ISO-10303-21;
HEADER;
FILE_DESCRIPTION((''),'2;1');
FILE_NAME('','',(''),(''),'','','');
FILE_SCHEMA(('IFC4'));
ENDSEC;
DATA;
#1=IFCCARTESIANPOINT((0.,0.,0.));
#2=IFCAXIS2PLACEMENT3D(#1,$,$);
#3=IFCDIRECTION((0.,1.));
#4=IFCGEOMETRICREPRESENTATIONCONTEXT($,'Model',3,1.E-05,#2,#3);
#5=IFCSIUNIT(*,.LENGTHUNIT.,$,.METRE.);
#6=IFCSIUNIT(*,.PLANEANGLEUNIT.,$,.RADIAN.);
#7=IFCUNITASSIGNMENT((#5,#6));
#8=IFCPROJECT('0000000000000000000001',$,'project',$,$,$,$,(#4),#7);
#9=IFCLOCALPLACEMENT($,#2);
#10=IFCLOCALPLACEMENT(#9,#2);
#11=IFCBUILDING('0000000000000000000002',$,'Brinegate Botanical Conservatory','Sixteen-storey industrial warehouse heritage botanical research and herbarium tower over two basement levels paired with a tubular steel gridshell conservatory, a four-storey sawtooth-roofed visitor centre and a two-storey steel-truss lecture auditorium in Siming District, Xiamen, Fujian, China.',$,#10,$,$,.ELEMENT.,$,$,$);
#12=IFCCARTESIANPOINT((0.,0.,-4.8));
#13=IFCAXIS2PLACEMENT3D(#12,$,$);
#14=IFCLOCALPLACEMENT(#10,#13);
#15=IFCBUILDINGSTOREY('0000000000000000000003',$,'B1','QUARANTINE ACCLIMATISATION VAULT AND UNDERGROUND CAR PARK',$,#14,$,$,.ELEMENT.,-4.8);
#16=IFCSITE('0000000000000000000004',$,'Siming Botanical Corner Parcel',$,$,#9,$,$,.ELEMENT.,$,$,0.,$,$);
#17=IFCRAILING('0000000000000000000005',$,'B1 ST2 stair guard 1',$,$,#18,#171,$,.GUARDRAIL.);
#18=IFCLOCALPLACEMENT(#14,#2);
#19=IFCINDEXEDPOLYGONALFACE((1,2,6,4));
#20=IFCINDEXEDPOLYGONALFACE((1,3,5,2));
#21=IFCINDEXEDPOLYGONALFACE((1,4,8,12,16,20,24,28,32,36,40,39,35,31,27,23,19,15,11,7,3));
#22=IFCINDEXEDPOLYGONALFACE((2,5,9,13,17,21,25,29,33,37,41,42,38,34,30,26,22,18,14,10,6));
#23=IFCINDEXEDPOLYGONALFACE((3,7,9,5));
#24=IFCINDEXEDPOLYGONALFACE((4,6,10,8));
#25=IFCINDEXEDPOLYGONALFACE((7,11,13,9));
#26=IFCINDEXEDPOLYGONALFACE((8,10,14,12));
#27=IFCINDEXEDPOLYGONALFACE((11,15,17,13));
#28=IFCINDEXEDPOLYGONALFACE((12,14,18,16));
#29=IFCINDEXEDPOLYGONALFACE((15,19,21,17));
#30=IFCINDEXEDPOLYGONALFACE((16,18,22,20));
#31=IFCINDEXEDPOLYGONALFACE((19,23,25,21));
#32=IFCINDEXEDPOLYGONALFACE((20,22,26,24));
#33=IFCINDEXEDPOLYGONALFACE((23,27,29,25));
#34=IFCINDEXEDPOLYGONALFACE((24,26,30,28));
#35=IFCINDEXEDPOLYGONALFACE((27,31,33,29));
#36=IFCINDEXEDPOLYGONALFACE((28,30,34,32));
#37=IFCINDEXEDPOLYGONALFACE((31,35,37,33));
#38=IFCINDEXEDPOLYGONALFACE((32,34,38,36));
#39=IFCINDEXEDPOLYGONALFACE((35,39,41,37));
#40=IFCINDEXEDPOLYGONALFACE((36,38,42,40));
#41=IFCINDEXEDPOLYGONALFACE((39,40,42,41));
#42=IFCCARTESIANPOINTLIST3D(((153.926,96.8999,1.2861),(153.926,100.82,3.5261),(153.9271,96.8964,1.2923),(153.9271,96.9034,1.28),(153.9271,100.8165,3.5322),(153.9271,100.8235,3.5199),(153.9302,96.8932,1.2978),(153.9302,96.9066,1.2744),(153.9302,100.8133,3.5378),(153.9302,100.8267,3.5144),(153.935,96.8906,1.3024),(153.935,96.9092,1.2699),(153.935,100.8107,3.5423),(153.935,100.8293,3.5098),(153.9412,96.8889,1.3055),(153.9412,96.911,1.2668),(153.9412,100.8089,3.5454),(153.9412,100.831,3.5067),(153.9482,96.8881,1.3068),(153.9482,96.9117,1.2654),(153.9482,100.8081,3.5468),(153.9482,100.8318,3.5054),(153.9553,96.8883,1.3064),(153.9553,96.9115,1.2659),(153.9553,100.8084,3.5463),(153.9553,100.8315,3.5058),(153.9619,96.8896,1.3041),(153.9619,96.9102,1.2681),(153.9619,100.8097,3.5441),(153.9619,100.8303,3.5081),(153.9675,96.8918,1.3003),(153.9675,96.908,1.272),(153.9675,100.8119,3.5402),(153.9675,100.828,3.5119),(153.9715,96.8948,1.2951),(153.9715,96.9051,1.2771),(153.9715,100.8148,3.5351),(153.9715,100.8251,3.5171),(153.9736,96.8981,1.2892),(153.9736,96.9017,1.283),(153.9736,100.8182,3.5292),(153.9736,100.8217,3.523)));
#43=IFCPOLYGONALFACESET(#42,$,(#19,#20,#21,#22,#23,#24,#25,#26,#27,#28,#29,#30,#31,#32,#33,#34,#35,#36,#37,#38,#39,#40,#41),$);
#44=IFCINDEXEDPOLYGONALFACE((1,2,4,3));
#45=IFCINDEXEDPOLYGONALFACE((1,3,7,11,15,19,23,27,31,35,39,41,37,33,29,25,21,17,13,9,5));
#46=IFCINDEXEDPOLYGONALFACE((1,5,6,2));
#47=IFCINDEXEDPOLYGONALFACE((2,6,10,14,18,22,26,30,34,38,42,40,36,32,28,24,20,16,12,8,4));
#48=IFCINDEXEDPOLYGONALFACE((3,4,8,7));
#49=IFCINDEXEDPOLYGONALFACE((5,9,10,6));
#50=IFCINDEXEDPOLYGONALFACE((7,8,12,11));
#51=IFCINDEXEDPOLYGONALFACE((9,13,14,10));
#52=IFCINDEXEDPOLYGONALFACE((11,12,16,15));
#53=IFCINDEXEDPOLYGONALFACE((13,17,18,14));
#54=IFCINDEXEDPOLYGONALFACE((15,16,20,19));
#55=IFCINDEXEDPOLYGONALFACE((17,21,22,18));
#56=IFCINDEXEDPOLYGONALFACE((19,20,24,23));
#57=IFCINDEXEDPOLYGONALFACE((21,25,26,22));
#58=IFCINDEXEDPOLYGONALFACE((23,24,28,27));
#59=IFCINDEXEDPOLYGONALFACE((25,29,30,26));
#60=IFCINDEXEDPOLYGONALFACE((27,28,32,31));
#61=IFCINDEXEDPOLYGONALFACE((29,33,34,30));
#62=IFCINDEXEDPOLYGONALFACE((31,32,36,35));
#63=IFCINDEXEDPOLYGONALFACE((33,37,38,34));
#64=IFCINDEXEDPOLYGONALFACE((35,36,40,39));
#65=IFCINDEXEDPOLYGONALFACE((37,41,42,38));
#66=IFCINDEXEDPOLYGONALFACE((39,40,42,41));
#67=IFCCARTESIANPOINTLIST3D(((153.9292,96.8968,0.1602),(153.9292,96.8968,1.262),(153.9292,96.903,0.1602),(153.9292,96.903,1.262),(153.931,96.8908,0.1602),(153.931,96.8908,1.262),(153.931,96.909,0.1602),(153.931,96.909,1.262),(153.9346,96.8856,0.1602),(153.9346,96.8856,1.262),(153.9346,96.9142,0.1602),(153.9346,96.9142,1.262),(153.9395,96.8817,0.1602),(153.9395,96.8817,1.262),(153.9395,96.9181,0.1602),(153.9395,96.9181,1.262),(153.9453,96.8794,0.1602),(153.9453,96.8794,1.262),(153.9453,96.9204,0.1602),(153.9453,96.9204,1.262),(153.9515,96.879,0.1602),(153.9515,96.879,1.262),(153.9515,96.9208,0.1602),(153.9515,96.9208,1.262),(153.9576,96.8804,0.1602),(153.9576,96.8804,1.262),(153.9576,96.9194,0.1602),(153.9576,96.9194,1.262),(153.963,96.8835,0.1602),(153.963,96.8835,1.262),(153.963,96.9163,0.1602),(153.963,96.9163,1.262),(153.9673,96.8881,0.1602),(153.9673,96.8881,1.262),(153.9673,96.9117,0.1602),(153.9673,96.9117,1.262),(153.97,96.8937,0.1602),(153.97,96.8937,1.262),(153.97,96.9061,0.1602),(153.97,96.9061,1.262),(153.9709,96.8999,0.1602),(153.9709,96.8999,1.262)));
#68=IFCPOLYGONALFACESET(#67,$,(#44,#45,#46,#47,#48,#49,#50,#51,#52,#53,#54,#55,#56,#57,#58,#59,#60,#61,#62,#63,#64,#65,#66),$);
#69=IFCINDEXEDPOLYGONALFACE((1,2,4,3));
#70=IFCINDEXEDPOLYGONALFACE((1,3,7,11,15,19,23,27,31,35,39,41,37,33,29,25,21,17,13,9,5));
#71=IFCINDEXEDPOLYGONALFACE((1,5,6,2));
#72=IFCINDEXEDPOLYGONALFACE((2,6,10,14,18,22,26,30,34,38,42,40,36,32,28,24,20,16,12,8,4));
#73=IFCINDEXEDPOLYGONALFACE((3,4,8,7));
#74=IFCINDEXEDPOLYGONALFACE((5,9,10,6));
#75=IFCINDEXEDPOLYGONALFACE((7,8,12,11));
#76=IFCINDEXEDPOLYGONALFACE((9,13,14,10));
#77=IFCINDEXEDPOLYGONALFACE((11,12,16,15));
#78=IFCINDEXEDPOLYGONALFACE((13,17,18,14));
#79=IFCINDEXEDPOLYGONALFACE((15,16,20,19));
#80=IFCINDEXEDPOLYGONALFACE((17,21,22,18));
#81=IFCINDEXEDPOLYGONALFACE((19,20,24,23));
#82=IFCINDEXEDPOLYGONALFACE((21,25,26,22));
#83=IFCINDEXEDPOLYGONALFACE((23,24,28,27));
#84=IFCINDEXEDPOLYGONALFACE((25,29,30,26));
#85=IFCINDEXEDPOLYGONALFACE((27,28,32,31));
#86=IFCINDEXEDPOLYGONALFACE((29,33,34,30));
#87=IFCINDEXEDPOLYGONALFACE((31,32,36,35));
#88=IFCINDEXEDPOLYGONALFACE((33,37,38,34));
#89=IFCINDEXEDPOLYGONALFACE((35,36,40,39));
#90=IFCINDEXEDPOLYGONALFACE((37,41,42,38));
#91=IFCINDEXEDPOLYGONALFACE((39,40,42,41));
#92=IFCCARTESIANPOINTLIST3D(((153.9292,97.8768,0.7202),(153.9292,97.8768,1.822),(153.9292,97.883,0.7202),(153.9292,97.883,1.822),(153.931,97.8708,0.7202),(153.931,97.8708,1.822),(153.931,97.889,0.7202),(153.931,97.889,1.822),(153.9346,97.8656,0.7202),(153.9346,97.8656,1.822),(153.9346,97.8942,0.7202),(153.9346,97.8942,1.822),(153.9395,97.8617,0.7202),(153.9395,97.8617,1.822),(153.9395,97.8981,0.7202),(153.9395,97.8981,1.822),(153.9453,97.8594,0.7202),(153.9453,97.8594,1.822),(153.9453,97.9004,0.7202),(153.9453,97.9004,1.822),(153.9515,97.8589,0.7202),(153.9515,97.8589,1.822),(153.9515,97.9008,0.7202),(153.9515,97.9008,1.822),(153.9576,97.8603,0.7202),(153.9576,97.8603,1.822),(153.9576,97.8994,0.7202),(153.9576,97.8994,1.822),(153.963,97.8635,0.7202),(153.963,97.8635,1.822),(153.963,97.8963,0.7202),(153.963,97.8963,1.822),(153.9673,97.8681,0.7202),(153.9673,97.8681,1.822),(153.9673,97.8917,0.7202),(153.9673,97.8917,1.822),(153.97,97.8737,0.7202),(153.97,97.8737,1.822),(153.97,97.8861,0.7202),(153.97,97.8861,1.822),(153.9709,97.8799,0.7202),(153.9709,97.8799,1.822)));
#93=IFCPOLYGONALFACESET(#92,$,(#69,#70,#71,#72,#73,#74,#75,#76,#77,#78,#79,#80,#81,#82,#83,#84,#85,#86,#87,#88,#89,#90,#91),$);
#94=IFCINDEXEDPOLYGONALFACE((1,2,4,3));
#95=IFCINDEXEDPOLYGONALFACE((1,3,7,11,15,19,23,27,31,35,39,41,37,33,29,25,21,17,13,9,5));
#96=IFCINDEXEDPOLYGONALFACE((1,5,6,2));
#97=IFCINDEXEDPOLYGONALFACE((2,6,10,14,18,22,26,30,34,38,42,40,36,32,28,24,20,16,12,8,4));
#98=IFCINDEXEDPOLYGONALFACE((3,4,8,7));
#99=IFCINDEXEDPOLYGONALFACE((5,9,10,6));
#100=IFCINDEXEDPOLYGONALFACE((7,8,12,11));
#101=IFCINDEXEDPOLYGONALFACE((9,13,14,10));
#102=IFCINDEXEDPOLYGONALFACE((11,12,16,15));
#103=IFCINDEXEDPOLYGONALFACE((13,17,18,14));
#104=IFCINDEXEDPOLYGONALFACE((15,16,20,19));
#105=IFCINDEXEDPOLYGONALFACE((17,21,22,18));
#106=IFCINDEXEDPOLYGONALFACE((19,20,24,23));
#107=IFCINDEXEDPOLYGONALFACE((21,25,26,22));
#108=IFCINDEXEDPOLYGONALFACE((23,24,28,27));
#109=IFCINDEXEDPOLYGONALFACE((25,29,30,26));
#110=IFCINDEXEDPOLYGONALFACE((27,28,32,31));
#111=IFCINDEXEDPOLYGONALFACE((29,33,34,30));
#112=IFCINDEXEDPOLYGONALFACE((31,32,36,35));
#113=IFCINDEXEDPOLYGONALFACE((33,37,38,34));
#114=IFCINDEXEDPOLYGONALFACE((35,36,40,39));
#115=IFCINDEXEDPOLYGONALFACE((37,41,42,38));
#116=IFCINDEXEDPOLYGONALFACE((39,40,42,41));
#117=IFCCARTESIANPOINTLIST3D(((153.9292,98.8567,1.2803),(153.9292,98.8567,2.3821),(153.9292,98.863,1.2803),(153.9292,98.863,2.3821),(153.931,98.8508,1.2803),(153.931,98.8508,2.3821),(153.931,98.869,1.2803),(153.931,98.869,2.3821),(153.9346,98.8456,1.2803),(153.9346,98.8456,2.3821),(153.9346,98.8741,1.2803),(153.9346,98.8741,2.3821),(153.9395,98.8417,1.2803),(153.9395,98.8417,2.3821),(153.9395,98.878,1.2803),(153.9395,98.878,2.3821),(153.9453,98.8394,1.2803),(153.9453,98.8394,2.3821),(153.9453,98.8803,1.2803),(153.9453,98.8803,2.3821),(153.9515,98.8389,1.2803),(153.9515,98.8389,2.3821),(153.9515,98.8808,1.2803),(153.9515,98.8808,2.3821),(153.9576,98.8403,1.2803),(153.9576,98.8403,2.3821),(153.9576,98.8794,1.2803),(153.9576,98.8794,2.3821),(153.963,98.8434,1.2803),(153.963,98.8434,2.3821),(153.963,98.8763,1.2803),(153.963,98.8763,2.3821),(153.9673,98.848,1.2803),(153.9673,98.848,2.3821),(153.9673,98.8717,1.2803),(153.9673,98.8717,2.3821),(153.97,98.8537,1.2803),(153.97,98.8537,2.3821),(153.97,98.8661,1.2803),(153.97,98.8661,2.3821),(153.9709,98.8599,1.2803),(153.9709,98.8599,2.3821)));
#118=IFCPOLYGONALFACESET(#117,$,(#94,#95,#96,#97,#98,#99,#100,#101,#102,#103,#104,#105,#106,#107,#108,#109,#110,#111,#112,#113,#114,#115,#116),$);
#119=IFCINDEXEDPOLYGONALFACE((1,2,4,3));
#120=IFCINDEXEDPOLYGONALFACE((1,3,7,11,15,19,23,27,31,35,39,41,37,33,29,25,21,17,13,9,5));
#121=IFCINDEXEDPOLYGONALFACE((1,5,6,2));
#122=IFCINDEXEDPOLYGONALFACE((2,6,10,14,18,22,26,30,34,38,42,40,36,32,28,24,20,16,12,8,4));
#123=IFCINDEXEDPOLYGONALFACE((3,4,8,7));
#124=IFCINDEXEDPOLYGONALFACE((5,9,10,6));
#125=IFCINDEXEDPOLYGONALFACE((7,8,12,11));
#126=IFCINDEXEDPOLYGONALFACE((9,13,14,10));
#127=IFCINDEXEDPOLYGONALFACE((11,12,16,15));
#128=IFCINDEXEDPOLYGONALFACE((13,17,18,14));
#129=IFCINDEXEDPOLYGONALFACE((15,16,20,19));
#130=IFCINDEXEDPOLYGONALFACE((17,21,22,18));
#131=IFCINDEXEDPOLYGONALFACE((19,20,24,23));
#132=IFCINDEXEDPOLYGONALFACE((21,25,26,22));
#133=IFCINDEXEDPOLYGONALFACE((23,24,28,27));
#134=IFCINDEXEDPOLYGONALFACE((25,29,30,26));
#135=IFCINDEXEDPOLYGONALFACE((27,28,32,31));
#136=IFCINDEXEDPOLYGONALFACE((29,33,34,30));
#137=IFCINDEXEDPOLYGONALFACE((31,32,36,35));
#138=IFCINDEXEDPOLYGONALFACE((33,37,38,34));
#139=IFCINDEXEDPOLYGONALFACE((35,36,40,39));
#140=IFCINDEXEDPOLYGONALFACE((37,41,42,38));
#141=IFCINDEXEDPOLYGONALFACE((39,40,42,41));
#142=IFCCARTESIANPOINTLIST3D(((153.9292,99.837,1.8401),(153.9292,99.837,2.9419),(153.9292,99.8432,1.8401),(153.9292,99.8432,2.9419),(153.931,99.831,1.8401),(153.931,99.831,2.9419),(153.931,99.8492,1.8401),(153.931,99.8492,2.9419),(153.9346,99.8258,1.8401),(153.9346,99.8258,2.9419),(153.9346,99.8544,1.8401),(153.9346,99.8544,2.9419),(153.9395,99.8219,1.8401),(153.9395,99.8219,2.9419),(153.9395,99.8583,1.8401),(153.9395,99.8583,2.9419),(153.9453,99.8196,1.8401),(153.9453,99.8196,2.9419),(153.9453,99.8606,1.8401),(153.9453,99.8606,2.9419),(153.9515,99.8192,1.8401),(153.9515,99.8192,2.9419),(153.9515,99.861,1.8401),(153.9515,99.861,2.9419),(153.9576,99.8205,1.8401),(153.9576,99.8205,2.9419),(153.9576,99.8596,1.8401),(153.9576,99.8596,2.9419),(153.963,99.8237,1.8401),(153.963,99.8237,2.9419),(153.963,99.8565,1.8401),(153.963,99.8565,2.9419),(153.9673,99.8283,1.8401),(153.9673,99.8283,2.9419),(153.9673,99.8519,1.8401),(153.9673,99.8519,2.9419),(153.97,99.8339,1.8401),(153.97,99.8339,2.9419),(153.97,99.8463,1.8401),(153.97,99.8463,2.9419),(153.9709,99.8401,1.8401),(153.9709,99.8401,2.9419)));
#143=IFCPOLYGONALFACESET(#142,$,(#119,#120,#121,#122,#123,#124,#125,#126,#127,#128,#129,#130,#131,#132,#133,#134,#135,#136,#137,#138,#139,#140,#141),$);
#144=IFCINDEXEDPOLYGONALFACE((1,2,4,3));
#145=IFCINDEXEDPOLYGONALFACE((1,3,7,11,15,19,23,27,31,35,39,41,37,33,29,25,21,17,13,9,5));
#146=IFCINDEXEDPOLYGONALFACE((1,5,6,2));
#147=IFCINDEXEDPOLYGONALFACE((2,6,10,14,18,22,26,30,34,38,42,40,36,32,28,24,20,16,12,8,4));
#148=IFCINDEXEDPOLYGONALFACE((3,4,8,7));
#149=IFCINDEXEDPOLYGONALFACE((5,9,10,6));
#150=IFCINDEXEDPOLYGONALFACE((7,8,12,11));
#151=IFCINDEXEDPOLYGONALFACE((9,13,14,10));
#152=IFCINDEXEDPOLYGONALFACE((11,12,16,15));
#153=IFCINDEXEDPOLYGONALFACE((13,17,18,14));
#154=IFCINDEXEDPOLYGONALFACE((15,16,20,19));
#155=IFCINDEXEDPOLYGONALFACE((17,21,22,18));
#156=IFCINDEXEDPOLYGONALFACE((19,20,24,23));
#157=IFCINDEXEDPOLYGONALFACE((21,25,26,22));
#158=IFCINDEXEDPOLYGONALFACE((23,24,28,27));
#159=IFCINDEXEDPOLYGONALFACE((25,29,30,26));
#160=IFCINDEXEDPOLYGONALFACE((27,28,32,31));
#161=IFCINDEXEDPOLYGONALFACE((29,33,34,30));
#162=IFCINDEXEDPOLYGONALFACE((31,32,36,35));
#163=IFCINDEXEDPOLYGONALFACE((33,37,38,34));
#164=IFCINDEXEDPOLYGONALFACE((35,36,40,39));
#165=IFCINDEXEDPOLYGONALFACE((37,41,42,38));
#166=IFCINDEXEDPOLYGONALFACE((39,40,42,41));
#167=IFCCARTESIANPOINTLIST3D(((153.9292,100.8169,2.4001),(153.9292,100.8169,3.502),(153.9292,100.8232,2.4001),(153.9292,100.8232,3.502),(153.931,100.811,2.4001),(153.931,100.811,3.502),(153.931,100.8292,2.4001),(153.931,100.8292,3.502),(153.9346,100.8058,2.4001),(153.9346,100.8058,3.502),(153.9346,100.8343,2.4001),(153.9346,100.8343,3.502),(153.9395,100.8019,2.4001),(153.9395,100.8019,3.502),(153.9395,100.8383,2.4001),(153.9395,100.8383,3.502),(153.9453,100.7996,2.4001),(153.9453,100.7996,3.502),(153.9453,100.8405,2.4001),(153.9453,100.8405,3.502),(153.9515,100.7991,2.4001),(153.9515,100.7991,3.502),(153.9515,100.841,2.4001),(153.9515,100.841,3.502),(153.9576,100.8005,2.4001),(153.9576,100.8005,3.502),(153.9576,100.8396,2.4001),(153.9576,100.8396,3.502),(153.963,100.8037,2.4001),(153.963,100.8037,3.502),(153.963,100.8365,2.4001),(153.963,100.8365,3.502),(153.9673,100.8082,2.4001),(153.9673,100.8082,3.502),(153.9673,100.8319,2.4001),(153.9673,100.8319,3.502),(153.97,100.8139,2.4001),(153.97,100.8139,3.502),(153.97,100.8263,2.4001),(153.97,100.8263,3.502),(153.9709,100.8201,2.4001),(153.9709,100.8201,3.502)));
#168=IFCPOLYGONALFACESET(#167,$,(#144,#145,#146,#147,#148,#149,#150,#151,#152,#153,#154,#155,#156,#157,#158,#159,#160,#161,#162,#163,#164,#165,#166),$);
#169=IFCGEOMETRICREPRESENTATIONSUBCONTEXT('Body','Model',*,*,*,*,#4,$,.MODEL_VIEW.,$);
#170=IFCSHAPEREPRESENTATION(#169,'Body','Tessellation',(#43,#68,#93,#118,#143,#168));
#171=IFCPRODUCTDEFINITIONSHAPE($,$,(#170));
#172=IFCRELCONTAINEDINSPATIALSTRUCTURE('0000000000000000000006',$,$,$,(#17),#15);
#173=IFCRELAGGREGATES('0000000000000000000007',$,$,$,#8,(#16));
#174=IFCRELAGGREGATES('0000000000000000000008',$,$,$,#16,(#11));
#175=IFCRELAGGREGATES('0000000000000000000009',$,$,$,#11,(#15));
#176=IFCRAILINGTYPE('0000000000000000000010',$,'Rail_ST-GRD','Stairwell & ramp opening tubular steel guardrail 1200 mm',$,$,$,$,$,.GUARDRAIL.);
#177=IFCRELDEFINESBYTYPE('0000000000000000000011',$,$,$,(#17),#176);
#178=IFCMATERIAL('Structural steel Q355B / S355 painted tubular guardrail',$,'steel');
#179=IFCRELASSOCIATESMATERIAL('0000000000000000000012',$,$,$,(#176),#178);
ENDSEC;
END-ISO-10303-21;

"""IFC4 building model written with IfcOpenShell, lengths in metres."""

from ifc_helpers import new_model, si_unit, direction, frame, origin, origin_2d, place, context, subcontext, project, spatial, circle, extrude, material, type_object, element, save


model = new_model("IFC4")

# Units and contexts
model_context = context("Model", 3, precision=1e-05, world=origin(), true_north=direction((0.0, 1.0)))
body_context = subcontext(model_context, "Body", "Model", "MODEL_VIEW")
ifc_project = project(units=[si_unit("LENGTHUNIT", "METRE"), si_unit("PLANEANGLEUNIT", "RADIAN")], contexts=[model_context])

# Site, building, storey
site_placement = place(None, origin())
site = spatial("IfcSite", under=ifc_project, at=site_placement, Name="Siming Botanical Corner Parcel", CompositionType="ELEMENT", RefElevation=0.0)
building_placement = place(site_placement, origin())
building = spatial("IfcBuilding", under=site, at=building_placement, Name="Brinegate Botanical Conservatory", Description="Sixteen-storey industrial warehouse heritage botanical research and herbarium tower over two basement levels paired with a tubular steel gridshell conservatory, a four-storey sawtooth-roofed visitor centre and a two-storey steel-truss lecture auditorium in Siming District, Xiamen, Fujian, China.", CompositionType="ELEMENT")
storey_placement = place(building_placement, frame((0.0, 0.0, -4.8)))
storey = spatial("IfcBuildingStorey", under=building, at=storey_placement, Name="B1", Description="QUARANTINE ACCLIMATISATION VAULT AND UNDERGROUND CAR PARK", CompositionType="ELEMENT", Elevation=-4.8)

# Railing
ifc_material_1 = material(Name="Structural steel Q355B / S355 painted tubular guardrail", Category="steel")
railing_type_1 = type_object("IfcRailingType", Name="Rail_ST-GRD", Description="Stairwell & ramp opening tubular steel guardrail 1200 mm", PredefinedType="GUARDRAIL", material=ifc_material_1)
railing_1_placement = place(storey_placement, frame((153.95, 96.8999, 0.1602)))
element("IfcRailing", 1, at=railing_1_placement, inside=storey, type_object=railing_type_1, Name="B1 ST2 stair guard 1", PredefinedType="GUARDRAIL", context=body_context, shape_type="SweptSolid", body=[
    extrude(circle(Radius=0.0239, at=origin_2d()), frame((0.0, 0.0, 1.126), z_axis=(0.0, 0.868253, 0.496121), x_axis=(-1.0, 0.0, 0.0)), (0.0, 0.0, 1.0), 4.5149),
    extrude(circle(Radius=0.021, at=origin_2d()), origin(), (0.0, 0.0, 1.0), 1.1018),
    extrude(circle(Radius=0.021, at=origin_2d()), frame((0.0, 0.98, 0.5601)), (0.0, 0.0, 1.0), 1.1018),
    extrude(circle(Radius=0.021, at=origin_2d()), frame((0.0, 1.96, 1.1201)), (0.0, 0.0, 1.0), 1.1018),
    extrude(circle(Radius=0.021, at=origin_2d()), frame((0.0, 2.9402, 1.6799)), (0.0, 0.0, 1.0), 1.1018),
    extrude(circle(Radius=0.021, at=origin_2d()), frame((0.0, 3.9202, 2.24)), (0.0, 0.0, 1.0), 1.1018),
])

save(model, "model.ifc")
